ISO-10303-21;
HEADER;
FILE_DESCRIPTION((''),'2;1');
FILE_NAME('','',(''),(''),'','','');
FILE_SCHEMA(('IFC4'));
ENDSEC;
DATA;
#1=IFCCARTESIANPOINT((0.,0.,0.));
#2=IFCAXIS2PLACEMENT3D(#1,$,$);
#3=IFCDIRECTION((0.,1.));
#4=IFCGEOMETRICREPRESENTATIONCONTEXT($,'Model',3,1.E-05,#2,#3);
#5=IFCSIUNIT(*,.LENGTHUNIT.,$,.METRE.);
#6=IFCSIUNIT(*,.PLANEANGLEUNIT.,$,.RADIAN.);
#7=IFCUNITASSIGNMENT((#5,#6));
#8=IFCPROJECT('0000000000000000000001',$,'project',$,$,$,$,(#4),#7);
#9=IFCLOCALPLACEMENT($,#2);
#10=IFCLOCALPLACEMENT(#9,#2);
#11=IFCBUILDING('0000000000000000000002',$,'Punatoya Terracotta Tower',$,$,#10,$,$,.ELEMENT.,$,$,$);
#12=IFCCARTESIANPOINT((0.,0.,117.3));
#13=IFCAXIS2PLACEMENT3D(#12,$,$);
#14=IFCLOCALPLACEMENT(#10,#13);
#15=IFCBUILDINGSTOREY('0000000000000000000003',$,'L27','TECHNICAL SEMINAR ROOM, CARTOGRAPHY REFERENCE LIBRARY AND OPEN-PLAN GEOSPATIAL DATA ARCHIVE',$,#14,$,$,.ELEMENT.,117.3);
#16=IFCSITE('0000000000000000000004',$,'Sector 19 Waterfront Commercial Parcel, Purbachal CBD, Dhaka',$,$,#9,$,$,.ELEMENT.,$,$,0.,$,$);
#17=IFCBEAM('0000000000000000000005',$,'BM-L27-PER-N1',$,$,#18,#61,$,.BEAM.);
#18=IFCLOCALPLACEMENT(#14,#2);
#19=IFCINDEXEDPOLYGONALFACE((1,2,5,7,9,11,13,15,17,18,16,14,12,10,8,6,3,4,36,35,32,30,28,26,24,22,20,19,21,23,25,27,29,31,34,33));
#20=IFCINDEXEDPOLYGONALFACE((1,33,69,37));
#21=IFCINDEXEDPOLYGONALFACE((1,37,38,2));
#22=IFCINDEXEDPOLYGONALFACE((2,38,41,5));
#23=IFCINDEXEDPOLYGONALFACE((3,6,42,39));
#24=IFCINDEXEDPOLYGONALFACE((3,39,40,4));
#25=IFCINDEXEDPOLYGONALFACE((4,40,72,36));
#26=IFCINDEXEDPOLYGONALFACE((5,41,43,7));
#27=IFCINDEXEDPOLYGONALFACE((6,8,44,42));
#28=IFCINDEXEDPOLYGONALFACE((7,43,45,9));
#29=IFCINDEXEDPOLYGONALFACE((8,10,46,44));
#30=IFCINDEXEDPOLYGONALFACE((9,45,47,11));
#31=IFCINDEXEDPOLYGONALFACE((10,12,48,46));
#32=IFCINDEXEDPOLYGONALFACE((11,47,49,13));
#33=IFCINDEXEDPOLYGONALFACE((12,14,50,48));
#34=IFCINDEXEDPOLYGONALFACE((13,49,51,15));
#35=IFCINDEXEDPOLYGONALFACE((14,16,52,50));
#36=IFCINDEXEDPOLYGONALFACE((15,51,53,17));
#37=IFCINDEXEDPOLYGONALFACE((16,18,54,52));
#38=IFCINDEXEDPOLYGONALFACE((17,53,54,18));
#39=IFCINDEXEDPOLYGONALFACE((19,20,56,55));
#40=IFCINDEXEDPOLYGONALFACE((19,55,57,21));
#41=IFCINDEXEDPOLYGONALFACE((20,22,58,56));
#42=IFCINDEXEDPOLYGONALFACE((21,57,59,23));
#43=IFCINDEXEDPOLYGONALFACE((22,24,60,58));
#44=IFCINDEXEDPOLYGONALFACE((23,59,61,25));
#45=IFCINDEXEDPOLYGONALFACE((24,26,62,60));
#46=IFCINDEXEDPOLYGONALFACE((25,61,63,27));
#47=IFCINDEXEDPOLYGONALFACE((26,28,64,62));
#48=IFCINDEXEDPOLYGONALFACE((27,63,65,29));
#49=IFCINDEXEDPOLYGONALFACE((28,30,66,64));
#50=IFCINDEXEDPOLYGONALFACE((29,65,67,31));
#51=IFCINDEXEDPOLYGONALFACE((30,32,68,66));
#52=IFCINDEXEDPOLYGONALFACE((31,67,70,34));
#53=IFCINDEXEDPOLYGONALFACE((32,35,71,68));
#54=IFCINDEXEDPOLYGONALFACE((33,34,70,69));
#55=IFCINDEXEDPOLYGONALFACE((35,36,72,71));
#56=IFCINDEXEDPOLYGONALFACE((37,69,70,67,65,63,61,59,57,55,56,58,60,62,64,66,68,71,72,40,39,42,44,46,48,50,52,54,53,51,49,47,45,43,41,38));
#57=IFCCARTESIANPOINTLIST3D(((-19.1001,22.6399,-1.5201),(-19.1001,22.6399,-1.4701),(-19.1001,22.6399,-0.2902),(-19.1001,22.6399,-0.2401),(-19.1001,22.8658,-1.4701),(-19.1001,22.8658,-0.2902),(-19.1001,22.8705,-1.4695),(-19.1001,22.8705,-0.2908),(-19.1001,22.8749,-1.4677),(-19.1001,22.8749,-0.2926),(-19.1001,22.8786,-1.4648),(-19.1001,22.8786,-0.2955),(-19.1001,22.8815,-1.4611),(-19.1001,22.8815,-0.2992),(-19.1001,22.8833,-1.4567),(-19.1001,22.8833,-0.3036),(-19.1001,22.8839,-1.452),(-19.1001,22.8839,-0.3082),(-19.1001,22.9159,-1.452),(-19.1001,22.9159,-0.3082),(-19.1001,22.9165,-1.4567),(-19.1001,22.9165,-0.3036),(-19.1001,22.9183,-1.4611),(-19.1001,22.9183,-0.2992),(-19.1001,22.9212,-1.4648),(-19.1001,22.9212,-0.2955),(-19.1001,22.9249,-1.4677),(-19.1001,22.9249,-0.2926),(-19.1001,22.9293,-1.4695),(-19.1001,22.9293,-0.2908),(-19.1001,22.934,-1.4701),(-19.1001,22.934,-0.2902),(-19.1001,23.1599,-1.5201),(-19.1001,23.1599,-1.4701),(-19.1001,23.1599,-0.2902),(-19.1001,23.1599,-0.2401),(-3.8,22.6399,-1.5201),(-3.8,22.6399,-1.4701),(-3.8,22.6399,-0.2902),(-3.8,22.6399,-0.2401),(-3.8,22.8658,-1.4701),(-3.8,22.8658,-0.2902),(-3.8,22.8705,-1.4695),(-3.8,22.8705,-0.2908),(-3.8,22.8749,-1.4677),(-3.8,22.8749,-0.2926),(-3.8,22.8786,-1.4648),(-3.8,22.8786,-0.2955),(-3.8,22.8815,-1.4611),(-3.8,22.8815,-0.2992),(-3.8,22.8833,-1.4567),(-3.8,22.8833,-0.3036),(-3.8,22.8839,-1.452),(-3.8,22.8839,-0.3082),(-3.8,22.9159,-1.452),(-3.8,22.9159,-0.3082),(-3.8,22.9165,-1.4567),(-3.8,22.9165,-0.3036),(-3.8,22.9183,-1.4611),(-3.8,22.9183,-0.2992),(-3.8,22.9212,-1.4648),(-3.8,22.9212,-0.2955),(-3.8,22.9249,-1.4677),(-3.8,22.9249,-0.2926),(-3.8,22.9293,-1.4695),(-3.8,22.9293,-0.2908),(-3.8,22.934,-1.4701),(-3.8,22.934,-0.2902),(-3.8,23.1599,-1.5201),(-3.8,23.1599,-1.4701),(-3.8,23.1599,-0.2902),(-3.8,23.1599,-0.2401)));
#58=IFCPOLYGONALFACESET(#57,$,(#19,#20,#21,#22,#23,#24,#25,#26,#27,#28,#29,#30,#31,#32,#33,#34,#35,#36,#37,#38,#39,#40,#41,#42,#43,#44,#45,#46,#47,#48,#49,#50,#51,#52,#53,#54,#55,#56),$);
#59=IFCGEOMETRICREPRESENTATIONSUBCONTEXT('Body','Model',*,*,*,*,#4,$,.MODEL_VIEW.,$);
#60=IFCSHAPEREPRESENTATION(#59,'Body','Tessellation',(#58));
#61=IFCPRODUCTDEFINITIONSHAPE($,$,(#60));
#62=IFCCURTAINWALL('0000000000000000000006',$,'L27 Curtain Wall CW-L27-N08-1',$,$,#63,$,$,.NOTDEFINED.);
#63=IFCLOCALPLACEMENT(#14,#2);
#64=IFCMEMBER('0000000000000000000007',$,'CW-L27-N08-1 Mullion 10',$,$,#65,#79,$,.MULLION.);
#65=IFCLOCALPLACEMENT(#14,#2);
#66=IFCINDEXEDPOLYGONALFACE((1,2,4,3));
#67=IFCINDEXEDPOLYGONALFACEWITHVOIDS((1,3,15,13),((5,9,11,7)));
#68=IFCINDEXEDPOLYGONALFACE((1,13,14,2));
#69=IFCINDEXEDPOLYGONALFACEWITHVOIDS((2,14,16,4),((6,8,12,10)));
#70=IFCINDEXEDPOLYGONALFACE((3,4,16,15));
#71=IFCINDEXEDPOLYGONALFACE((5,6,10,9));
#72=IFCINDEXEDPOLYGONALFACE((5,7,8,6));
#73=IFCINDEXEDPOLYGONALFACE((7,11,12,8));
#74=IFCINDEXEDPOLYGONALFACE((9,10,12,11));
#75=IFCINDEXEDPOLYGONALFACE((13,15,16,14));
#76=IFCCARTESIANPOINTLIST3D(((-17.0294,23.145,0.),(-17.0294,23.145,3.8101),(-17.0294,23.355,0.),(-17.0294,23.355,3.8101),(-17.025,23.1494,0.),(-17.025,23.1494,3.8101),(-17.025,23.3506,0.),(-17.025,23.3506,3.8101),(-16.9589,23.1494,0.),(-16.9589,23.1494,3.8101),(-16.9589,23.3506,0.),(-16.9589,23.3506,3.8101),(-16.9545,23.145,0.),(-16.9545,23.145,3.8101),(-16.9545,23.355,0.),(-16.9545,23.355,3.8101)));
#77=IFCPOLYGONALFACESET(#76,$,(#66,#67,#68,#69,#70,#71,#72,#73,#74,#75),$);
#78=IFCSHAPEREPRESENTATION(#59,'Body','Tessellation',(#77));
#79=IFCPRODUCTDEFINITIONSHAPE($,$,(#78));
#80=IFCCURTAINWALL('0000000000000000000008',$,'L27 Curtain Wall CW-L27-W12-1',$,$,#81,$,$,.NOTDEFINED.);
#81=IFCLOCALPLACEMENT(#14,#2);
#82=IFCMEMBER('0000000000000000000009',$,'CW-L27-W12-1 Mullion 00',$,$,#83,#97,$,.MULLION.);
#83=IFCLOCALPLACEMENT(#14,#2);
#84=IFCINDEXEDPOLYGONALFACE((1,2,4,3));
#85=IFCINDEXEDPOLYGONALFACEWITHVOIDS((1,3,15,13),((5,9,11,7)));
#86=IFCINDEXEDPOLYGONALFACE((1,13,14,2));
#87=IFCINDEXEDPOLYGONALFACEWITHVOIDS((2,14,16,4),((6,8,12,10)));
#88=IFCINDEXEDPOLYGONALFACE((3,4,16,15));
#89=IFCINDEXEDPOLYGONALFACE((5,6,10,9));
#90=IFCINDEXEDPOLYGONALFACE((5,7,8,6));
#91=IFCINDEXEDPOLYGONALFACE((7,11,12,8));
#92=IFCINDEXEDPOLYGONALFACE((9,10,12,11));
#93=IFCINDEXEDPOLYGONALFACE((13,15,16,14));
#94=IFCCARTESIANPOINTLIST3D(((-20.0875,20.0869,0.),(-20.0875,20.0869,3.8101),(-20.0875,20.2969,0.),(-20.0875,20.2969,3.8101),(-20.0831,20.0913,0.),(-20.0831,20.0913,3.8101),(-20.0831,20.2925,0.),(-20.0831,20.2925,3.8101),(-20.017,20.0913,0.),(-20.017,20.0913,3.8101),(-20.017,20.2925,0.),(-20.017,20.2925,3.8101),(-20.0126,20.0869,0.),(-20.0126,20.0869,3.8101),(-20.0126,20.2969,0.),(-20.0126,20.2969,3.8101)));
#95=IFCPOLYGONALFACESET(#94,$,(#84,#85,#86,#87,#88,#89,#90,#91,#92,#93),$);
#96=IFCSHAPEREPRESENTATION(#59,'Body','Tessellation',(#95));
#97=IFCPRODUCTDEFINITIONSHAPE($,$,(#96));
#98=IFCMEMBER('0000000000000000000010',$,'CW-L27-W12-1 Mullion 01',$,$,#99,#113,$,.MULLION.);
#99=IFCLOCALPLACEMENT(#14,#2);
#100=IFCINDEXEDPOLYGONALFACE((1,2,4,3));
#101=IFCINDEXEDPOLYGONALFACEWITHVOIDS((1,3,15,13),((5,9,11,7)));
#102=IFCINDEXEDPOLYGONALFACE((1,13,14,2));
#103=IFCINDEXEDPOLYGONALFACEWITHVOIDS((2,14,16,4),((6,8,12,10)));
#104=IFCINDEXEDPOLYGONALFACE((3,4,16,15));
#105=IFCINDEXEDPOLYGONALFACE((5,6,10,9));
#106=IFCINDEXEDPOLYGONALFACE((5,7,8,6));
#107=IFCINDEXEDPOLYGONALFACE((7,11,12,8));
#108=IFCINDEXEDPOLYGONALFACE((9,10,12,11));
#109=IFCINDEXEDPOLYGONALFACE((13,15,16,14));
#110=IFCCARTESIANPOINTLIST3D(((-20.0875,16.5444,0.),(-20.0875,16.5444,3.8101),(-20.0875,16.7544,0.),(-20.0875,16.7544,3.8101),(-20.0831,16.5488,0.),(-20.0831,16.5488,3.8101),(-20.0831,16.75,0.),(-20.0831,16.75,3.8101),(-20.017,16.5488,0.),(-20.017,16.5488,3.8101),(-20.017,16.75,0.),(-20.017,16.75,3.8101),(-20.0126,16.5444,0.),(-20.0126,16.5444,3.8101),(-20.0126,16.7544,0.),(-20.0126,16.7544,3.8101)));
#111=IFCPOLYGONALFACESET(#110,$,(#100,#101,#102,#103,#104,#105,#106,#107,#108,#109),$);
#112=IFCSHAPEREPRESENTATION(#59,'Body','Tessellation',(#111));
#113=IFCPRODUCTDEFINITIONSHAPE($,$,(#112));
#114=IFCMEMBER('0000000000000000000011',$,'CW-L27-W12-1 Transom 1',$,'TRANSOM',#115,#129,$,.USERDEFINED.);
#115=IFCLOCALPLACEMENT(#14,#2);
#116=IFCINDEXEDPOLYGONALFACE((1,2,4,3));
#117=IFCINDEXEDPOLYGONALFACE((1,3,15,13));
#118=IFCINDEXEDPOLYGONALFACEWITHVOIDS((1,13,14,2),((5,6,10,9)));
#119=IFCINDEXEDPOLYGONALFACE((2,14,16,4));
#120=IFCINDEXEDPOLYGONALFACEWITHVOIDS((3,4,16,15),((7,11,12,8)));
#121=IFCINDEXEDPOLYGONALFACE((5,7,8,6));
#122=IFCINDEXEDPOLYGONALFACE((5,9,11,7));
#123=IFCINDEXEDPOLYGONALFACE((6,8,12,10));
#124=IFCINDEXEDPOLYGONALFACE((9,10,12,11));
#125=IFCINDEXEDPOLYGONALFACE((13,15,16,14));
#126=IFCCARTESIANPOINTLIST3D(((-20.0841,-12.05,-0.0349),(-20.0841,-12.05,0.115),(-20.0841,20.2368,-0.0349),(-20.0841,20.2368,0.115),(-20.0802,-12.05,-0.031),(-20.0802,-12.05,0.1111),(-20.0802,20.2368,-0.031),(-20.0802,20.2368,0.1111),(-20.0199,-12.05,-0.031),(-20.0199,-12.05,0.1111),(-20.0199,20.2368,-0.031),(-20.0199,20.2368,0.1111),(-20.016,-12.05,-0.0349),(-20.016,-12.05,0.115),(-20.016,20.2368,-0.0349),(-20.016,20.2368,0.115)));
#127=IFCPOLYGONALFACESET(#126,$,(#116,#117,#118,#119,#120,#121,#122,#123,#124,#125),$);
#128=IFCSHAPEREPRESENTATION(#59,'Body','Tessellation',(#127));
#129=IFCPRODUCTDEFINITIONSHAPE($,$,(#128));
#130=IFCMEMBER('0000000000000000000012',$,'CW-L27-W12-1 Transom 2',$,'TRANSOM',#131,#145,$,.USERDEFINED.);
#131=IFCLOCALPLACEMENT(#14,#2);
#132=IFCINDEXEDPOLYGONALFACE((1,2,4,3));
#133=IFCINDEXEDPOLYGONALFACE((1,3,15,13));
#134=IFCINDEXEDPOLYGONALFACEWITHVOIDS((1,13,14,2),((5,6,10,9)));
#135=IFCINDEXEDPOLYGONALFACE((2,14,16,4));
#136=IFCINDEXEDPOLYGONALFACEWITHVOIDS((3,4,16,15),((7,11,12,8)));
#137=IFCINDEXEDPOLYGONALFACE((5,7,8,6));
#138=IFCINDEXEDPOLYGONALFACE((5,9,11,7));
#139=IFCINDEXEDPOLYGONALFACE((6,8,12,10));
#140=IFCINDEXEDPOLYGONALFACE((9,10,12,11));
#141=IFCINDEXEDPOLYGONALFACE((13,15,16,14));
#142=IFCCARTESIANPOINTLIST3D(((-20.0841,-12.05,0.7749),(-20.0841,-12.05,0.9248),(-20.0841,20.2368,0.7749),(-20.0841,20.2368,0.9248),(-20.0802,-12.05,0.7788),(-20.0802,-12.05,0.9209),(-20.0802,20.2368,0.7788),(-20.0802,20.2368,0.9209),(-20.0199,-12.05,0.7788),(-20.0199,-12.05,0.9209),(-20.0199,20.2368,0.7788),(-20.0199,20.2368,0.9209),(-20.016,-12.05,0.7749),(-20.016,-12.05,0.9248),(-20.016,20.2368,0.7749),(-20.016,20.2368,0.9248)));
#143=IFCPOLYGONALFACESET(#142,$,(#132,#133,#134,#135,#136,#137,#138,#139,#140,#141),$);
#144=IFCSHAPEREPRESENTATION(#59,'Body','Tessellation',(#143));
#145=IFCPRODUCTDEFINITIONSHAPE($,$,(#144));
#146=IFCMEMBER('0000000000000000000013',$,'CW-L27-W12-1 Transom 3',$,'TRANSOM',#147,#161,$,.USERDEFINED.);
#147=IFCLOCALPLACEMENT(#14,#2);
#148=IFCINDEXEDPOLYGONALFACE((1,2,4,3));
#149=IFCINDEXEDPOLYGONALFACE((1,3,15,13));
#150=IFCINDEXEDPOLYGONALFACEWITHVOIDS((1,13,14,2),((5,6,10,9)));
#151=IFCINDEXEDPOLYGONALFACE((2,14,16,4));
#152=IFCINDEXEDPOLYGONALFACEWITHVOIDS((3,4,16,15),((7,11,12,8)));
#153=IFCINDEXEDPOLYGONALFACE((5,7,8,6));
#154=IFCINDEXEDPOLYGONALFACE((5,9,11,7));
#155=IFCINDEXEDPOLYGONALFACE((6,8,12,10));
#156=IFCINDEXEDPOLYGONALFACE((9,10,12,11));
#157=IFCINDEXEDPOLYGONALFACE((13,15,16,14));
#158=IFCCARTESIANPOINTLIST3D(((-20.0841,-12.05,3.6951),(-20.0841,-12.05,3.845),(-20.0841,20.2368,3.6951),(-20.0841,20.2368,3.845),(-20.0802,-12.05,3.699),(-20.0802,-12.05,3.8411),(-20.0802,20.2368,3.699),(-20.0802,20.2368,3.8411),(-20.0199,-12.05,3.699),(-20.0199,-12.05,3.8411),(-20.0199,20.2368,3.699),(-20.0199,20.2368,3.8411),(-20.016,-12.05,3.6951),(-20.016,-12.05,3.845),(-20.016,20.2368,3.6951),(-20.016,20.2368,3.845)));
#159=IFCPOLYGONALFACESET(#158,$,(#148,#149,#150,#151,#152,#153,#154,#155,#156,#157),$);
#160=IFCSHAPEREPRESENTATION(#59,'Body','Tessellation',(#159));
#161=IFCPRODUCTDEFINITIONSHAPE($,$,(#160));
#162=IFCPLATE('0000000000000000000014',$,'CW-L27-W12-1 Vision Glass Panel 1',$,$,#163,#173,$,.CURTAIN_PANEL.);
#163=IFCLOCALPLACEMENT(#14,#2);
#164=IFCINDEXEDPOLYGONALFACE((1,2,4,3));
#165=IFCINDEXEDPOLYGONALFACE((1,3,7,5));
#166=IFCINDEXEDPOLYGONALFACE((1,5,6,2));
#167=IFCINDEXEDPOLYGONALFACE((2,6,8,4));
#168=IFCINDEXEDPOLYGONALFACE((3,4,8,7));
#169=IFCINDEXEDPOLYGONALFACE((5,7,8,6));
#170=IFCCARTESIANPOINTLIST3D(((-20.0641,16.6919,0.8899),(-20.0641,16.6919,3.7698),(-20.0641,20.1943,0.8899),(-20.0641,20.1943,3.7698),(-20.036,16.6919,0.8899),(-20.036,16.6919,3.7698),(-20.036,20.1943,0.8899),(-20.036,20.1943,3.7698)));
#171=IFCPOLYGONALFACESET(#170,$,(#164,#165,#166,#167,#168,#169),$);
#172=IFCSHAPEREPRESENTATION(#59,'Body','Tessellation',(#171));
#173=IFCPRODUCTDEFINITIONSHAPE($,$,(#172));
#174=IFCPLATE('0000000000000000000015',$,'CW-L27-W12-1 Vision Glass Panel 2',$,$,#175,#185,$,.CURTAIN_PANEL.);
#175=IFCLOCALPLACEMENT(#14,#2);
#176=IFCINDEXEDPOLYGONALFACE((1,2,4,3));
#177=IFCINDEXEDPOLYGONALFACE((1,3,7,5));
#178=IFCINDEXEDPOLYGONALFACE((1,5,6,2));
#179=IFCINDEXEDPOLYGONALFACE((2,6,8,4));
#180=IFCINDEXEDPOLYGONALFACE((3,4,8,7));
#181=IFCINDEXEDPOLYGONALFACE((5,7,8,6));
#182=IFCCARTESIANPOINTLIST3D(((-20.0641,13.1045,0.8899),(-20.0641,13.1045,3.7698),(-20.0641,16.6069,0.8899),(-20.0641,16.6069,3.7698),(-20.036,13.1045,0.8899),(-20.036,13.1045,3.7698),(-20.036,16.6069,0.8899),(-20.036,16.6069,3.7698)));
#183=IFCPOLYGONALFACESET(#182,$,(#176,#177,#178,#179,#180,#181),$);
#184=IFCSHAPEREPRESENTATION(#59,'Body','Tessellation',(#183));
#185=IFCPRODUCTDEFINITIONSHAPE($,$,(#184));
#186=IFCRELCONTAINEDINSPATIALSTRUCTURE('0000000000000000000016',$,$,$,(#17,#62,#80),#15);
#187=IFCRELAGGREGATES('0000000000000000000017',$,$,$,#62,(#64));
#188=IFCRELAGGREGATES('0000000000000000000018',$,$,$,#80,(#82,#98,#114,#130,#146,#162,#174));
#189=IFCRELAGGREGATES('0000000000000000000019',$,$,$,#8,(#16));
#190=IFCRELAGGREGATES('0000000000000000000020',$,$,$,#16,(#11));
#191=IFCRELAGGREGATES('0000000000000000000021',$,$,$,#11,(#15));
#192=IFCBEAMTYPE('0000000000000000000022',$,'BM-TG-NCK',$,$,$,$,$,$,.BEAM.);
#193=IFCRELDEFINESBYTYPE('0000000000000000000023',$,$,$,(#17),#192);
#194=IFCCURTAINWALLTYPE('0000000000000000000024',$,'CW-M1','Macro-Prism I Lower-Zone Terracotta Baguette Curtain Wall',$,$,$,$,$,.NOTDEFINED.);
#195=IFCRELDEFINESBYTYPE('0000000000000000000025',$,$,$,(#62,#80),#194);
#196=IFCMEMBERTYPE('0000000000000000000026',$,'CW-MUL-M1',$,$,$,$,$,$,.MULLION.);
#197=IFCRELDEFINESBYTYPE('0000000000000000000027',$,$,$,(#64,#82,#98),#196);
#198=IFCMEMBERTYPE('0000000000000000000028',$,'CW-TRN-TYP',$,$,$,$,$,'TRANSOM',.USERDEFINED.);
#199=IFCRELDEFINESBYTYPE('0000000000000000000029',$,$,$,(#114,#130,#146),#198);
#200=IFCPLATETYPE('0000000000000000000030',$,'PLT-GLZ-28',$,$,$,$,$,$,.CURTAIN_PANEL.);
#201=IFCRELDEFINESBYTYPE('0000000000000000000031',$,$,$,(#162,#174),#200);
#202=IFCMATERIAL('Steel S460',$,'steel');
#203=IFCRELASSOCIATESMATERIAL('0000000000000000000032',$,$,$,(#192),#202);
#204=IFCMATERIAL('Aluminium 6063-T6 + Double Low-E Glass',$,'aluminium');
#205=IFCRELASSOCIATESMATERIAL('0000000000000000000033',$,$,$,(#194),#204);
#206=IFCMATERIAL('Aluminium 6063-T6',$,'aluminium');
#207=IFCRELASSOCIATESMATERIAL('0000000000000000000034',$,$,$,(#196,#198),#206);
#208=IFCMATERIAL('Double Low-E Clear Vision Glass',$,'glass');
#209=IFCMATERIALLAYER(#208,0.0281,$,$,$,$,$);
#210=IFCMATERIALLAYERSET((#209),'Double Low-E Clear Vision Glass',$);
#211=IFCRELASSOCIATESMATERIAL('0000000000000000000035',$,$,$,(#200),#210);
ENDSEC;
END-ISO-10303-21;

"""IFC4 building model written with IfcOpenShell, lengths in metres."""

from ifc_helpers import new_model, si_unit, direction, frame, origin, origin_2d, place, context, subcontext, project, spatial, rectangle, hollow_rectangle, i_section, extrude, material, layer, layer_set, material_profile, profile_set, type_object, element, aggregate, save


model = new_model("IFC4")

# Units and contexts
model_context = context("Model", 3, precision=1e-05, world=origin(), true_north=direction((0.0, 1.0)))
body_context = subcontext(model_context, "Body", "Model", "MODEL_VIEW")
ifc_project = project(units=[si_unit("LENGTHUNIT", "METRE"), si_unit("PLANEANGLEUNIT", "RADIAN")], contexts=[model_context])

# Site, building, storey
site_placement = place(None, origin())
site = spatial("IfcSite", under=ifc_project, at=site_placement, Name="Sector 19 Waterfront Commercial Parcel, Purbachal CBD, Dhaka", CompositionType="ELEMENT", RefElevation=0.0)
building_placement = place(site_placement, origin())
building = spatial("IfcBuilding", under=site, at=building_placement, Name="Punatoya Terracotta Tower", CompositionType="ELEMENT")
storey_placement = place(building_placement, frame((0.0, 0.0, 117.3)))
storey = spatial("IfcBuildingStorey", under=building, at=storey_placement, Name="L27", Description="TECHNICAL SEMINAR ROOM, CARTOGRAPHY REFERENCE LIBRARY AND OPEN-PLAN GEOSPATIAL DATA ARCHIVE", CompositionType="ELEMENT", Elevation=117.3)

# Shared definitions
ifc_material_1 = material(Name="Steel S460", Category="steel")

# Beam
ifc_material_profile_1 = material_profile(ifc_material_1, i_section(OverallWidth=0.52, OverallDepth=1.28, WebThickness=0.032, FlangeThickness=0.05, FilletRadius=0.0181, at=origin_2d()))
ifc_profile_set_1 = profile_set([ifc_material_profile_1], Name="Steel S460")
beam_type_1 = type_object("IfcBeamType", Name="BM-TG-NCK", PredefinedType="BEAM", material=ifc_profile_set_1)
beam_1_placement = place(storey_placement, frame((-19.1001, 22.8999, -0.8801), z_axis=(1.0, 0.0, 0.0), x_axis=(0.0, 1.0, 0.0)))
element("IfcBeam", 1, at=beam_1_placement, inside=storey, type_object=beam_type_1, Name="BM-L27-PER-N1", PredefinedType="BEAM", context=body_context, shape_type="SweptSolid", body=[
    extrude(i_section(OverallWidth=0.52, OverallDepth=1.28, WebThickness=0.032, FlangeThickness=0.05, FilletRadius=0.0181, at=origin_2d()), origin(), (0.0, 0.0, 1.0), 15.3),
])

# Curtain wall, member
ifc_material_2 = material(Name="Aluminium 6063-T6 + Double Low-E Glass", Category="aluminium")
curtain_wall_type = type_object("IfcCurtainWallType", Name="CW-M1", Description="Macro-Prism I Lower-Zone Terracotta Baguette Curtain Wall", PredefinedType="NOTDEFINED", material=ifc_material_2)
curtain_wall_1_placement = place(storey_placement, origin())
curtain_wall_1 = element("IfcCurtainWall", 2, at=curtain_wall_1_placement, inside=storey, type_object=curtain_wall_type, Name="L27 Curtain Wall CW-L27-N08-1", PredefinedType="NOTDEFINED")
ifc_material_3 = material(Name="Aluminium 6063-T6", Category="aluminium")
ifc_material_profile_2 = material_profile(ifc_material_3, hollow_rectangle(XDim=0.075, YDim=0.21, WallThickness=0.0044, at=origin_2d()))
ifc_profile_set_2 = profile_set([ifc_material_profile_2], Name="Aluminium 6063-T6")
member_type_1 = type_object("IfcMemberType", Name="CW-MUL-M1", PredefinedType="MULLION", material=ifc_profile_set_2)
member_1_placement = place(storey_placement, frame((-16.9919, 23.25, 0.0), z_axis=(0.0, 0.0, 1.0), x_axis=(1.0, 0.0, 0.0)))
member_1 = element("IfcMember", 3, at=member_1_placement, type_object=member_type_1, Name="CW-L27-N08-1 Mullion 10", PredefinedType="MULLION", context=body_context, shape_type="SweptSolid", body=[
    extrude(hollow_rectangle(XDim=0.075, YDim=0.21, WallThickness=0.0044, at=origin_2d()), origin(), (0.0, 0.0, 1.0), 3.8101),
])

# Curtain wall, members, plates
curtain_wall_2_placement = place(storey_placement, origin())
curtain_wall_2 = element("IfcCurtainWall", 4, at=curtain_wall_2_placement, inside=storey, type_object=curtain_wall_type, Name="L27 Curtain Wall CW-L27-W12-1", PredefinedType="NOTDEFINED")
member_2_placement = place(storey_placement, frame((-20.05, 20.1919, 0.0), z_axis=(0.0, 0.0, 1.0), x_axis=(1.0, 0.0, 0.0)))
member_2 = element("IfcMember", 5, at=member_2_placement, type_object=member_type_1, Name="CW-L27-W12-1 Mullion 00", PredefinedType="MULLION", context=body_context, shape_type="SweptSolid", body=[
    extrude(hollow_rectangle(XDim=0.075, YDim=0.21, WallThickness=0.0044, at=origin_2d()), origin(), (0.0, 0.0, 1.0), 3.8101),
])
member_3_placement = place(storey_placement, frame((-20.05, 16.6494, 0.0), z_axis=(0.0, 0.0, 1.0), x_axis=(1.0, 0.0, 0.0)))
member_3 = element("IfcMember", 6, at=member_3_placement, type_object=member_type_1, Name="CW-L27-W12-1 Mullion 01", PredefinedType="MULLION", context=body_context, shape_type="SweptSolid", body=[
    extrude(hollow_rectangle(XDim=0.075, YDim=0.21, WallThickness=0.0044, at=origin_2d()), origin(), (0.0, 0.0, 1.0), 3.8101),
])
ifc_material_profile_3 = material_profile(ifc_material_3, hollow_rectangle(XDim=0.0681, YDim=0.1499, WallThickness=0.0039, at=origin_2d()))
ifc_profile_set_3 = profile_set([ifc_material_profile_3], Name="Aluminium 6063-T6")
member_type_2 = type_object("IfcMemberType", Name="CW-TRN-TYP", ElementType="TRANSOM", PredefinedType="USERDEFINED", material=ifc_profile_set_3)
member_4_placement = place(storey_placement, frame((-20.05, 20.2368, 0.04), z_axis=(0.0, -1.0, 0.0), x_axis=(1.0, 0.0, 0.0)))
member_4 = element("IfcMember", 7, at=member_4_placement, type_object=member_type_2, Name="CW-L27-W12-1 Transom 1", ObjectType="TRANSOM", PredefinedType="USERDEFINED", context=body_context, shape_type="SweptSolid", body=[
    extrude(hollow_rectangle(XDim=0.0681, YDim=0.1499, WallThickness=0.0039, at=origin_2d()), origin(), (0.0, 0.0, 1.0), 32.2869),
])
member_5_placement = place(storey_placement, frame((-20.05, 20.2368, 0.8499), z_axis=(0.0, -1.0, 0.0), x_axis=(1.0, 0.0, 0.0)))
member_5 = element("IfcMember", 8, at=member_5_placement, type_object=member_type_2, Name="CW-L27-W12-1 Transom 2", ObjectType="TRANSOM", PredefinedType="USERDEFINED", context=body_context, shape_type="SweptSolid", body=[
    extrude(hollow_rectangle(XDim=0.0681, YDim=0.1499, WallThickness=0.0039, at=origin_2d()), origin(), (0.0, 0.0, 1.0), 32.2869),
])
member_6_placement = place(storey_placement, frame((-20.05, 20.2368, 3.77), z_axis=(0.0, -1.0, 0.0), x_axis=(1.0, 0.0, 0.0)))
member_6 = element("IfcMember", 9, at=member_6_placement, type_object=member_type_2, Name="CW-L27-W12-1 Transom 3", ObjectType="TRANSOM", PredefinedType="USERDEFINED", context=body_context, shape_type="SweptSolid", body=[
    extrude(hollow_rectangle(XDim=0.0681, YDim=0.1499, WallThickness=0.0039, at=origin_2d()), origin(), (0.0, 0.0, 1.0), 32.2869),
])
ifc_material_4 = material(Name="Double Low-E Clear Vision Glass", Category="glass")
ifc_layer_1 = layer(ifc_material_4, 0.0281)
ifc_layer_set_1 = layer_set([ifc_layer_1], Name="Double Low-E Clear Vision Glass")
plate_type_1 = type_object("IfcPlateType", Name="PLT-GLZ-28", PredefinedType="CURTAIN_PANEL", material=ifc_layer_set_1)
plate_1_placement = place(storey_placement, frame((-20.05, 18.4431, 0.8899), z_axis=(0.0, 0.0, 1.0), x_axis=(0.0, -1.0, 0.0)))
plate_1 = element("IfcPlate", 10, at=plate_1_placement, type_object=plate_type_1, Name="CW-L27-W12-1 Vision Glass Panel 1", PredefinedType="CURTAIN_PANEL", context=body_context, shape_type="SweptSolid", body=[
    extrude(rectangle(XDim=3.5024, YDim=0.0281, at=origin_2d()), origin(), (0.0, 0.0, 1.0), 2.8799),
])
plate_2_placement = place(storey_placement, frame((-20.05, 14.8557, 0.8899), z_axis=(0.0, 0.0, 1.0), x_axis=(0.0, -1.0, 0.0)))
plate_2 = element("IfcPlate", 11, at=plate_2_placement, type_object=plate_type_1, Name="CW-L27-W12-1 Vision Glass Panel 2", PredefinedType="CURTAIN_PANEL", context=body_context, shape_type="SweptSolid", body=[
    extrude(rectangle(XDim=3.5024, YDim=0.0281, at=origin_2d()), origin(), (0.0, 0.0, 1.0), 2.8799),
])

aggregate(curtain_wall_1, [member_1])
aggregate(curtain_wall_2, [member_2, member_3, member_4, member_5, member_6, plate_1, plate_2])

save(model, "model.ifc")
